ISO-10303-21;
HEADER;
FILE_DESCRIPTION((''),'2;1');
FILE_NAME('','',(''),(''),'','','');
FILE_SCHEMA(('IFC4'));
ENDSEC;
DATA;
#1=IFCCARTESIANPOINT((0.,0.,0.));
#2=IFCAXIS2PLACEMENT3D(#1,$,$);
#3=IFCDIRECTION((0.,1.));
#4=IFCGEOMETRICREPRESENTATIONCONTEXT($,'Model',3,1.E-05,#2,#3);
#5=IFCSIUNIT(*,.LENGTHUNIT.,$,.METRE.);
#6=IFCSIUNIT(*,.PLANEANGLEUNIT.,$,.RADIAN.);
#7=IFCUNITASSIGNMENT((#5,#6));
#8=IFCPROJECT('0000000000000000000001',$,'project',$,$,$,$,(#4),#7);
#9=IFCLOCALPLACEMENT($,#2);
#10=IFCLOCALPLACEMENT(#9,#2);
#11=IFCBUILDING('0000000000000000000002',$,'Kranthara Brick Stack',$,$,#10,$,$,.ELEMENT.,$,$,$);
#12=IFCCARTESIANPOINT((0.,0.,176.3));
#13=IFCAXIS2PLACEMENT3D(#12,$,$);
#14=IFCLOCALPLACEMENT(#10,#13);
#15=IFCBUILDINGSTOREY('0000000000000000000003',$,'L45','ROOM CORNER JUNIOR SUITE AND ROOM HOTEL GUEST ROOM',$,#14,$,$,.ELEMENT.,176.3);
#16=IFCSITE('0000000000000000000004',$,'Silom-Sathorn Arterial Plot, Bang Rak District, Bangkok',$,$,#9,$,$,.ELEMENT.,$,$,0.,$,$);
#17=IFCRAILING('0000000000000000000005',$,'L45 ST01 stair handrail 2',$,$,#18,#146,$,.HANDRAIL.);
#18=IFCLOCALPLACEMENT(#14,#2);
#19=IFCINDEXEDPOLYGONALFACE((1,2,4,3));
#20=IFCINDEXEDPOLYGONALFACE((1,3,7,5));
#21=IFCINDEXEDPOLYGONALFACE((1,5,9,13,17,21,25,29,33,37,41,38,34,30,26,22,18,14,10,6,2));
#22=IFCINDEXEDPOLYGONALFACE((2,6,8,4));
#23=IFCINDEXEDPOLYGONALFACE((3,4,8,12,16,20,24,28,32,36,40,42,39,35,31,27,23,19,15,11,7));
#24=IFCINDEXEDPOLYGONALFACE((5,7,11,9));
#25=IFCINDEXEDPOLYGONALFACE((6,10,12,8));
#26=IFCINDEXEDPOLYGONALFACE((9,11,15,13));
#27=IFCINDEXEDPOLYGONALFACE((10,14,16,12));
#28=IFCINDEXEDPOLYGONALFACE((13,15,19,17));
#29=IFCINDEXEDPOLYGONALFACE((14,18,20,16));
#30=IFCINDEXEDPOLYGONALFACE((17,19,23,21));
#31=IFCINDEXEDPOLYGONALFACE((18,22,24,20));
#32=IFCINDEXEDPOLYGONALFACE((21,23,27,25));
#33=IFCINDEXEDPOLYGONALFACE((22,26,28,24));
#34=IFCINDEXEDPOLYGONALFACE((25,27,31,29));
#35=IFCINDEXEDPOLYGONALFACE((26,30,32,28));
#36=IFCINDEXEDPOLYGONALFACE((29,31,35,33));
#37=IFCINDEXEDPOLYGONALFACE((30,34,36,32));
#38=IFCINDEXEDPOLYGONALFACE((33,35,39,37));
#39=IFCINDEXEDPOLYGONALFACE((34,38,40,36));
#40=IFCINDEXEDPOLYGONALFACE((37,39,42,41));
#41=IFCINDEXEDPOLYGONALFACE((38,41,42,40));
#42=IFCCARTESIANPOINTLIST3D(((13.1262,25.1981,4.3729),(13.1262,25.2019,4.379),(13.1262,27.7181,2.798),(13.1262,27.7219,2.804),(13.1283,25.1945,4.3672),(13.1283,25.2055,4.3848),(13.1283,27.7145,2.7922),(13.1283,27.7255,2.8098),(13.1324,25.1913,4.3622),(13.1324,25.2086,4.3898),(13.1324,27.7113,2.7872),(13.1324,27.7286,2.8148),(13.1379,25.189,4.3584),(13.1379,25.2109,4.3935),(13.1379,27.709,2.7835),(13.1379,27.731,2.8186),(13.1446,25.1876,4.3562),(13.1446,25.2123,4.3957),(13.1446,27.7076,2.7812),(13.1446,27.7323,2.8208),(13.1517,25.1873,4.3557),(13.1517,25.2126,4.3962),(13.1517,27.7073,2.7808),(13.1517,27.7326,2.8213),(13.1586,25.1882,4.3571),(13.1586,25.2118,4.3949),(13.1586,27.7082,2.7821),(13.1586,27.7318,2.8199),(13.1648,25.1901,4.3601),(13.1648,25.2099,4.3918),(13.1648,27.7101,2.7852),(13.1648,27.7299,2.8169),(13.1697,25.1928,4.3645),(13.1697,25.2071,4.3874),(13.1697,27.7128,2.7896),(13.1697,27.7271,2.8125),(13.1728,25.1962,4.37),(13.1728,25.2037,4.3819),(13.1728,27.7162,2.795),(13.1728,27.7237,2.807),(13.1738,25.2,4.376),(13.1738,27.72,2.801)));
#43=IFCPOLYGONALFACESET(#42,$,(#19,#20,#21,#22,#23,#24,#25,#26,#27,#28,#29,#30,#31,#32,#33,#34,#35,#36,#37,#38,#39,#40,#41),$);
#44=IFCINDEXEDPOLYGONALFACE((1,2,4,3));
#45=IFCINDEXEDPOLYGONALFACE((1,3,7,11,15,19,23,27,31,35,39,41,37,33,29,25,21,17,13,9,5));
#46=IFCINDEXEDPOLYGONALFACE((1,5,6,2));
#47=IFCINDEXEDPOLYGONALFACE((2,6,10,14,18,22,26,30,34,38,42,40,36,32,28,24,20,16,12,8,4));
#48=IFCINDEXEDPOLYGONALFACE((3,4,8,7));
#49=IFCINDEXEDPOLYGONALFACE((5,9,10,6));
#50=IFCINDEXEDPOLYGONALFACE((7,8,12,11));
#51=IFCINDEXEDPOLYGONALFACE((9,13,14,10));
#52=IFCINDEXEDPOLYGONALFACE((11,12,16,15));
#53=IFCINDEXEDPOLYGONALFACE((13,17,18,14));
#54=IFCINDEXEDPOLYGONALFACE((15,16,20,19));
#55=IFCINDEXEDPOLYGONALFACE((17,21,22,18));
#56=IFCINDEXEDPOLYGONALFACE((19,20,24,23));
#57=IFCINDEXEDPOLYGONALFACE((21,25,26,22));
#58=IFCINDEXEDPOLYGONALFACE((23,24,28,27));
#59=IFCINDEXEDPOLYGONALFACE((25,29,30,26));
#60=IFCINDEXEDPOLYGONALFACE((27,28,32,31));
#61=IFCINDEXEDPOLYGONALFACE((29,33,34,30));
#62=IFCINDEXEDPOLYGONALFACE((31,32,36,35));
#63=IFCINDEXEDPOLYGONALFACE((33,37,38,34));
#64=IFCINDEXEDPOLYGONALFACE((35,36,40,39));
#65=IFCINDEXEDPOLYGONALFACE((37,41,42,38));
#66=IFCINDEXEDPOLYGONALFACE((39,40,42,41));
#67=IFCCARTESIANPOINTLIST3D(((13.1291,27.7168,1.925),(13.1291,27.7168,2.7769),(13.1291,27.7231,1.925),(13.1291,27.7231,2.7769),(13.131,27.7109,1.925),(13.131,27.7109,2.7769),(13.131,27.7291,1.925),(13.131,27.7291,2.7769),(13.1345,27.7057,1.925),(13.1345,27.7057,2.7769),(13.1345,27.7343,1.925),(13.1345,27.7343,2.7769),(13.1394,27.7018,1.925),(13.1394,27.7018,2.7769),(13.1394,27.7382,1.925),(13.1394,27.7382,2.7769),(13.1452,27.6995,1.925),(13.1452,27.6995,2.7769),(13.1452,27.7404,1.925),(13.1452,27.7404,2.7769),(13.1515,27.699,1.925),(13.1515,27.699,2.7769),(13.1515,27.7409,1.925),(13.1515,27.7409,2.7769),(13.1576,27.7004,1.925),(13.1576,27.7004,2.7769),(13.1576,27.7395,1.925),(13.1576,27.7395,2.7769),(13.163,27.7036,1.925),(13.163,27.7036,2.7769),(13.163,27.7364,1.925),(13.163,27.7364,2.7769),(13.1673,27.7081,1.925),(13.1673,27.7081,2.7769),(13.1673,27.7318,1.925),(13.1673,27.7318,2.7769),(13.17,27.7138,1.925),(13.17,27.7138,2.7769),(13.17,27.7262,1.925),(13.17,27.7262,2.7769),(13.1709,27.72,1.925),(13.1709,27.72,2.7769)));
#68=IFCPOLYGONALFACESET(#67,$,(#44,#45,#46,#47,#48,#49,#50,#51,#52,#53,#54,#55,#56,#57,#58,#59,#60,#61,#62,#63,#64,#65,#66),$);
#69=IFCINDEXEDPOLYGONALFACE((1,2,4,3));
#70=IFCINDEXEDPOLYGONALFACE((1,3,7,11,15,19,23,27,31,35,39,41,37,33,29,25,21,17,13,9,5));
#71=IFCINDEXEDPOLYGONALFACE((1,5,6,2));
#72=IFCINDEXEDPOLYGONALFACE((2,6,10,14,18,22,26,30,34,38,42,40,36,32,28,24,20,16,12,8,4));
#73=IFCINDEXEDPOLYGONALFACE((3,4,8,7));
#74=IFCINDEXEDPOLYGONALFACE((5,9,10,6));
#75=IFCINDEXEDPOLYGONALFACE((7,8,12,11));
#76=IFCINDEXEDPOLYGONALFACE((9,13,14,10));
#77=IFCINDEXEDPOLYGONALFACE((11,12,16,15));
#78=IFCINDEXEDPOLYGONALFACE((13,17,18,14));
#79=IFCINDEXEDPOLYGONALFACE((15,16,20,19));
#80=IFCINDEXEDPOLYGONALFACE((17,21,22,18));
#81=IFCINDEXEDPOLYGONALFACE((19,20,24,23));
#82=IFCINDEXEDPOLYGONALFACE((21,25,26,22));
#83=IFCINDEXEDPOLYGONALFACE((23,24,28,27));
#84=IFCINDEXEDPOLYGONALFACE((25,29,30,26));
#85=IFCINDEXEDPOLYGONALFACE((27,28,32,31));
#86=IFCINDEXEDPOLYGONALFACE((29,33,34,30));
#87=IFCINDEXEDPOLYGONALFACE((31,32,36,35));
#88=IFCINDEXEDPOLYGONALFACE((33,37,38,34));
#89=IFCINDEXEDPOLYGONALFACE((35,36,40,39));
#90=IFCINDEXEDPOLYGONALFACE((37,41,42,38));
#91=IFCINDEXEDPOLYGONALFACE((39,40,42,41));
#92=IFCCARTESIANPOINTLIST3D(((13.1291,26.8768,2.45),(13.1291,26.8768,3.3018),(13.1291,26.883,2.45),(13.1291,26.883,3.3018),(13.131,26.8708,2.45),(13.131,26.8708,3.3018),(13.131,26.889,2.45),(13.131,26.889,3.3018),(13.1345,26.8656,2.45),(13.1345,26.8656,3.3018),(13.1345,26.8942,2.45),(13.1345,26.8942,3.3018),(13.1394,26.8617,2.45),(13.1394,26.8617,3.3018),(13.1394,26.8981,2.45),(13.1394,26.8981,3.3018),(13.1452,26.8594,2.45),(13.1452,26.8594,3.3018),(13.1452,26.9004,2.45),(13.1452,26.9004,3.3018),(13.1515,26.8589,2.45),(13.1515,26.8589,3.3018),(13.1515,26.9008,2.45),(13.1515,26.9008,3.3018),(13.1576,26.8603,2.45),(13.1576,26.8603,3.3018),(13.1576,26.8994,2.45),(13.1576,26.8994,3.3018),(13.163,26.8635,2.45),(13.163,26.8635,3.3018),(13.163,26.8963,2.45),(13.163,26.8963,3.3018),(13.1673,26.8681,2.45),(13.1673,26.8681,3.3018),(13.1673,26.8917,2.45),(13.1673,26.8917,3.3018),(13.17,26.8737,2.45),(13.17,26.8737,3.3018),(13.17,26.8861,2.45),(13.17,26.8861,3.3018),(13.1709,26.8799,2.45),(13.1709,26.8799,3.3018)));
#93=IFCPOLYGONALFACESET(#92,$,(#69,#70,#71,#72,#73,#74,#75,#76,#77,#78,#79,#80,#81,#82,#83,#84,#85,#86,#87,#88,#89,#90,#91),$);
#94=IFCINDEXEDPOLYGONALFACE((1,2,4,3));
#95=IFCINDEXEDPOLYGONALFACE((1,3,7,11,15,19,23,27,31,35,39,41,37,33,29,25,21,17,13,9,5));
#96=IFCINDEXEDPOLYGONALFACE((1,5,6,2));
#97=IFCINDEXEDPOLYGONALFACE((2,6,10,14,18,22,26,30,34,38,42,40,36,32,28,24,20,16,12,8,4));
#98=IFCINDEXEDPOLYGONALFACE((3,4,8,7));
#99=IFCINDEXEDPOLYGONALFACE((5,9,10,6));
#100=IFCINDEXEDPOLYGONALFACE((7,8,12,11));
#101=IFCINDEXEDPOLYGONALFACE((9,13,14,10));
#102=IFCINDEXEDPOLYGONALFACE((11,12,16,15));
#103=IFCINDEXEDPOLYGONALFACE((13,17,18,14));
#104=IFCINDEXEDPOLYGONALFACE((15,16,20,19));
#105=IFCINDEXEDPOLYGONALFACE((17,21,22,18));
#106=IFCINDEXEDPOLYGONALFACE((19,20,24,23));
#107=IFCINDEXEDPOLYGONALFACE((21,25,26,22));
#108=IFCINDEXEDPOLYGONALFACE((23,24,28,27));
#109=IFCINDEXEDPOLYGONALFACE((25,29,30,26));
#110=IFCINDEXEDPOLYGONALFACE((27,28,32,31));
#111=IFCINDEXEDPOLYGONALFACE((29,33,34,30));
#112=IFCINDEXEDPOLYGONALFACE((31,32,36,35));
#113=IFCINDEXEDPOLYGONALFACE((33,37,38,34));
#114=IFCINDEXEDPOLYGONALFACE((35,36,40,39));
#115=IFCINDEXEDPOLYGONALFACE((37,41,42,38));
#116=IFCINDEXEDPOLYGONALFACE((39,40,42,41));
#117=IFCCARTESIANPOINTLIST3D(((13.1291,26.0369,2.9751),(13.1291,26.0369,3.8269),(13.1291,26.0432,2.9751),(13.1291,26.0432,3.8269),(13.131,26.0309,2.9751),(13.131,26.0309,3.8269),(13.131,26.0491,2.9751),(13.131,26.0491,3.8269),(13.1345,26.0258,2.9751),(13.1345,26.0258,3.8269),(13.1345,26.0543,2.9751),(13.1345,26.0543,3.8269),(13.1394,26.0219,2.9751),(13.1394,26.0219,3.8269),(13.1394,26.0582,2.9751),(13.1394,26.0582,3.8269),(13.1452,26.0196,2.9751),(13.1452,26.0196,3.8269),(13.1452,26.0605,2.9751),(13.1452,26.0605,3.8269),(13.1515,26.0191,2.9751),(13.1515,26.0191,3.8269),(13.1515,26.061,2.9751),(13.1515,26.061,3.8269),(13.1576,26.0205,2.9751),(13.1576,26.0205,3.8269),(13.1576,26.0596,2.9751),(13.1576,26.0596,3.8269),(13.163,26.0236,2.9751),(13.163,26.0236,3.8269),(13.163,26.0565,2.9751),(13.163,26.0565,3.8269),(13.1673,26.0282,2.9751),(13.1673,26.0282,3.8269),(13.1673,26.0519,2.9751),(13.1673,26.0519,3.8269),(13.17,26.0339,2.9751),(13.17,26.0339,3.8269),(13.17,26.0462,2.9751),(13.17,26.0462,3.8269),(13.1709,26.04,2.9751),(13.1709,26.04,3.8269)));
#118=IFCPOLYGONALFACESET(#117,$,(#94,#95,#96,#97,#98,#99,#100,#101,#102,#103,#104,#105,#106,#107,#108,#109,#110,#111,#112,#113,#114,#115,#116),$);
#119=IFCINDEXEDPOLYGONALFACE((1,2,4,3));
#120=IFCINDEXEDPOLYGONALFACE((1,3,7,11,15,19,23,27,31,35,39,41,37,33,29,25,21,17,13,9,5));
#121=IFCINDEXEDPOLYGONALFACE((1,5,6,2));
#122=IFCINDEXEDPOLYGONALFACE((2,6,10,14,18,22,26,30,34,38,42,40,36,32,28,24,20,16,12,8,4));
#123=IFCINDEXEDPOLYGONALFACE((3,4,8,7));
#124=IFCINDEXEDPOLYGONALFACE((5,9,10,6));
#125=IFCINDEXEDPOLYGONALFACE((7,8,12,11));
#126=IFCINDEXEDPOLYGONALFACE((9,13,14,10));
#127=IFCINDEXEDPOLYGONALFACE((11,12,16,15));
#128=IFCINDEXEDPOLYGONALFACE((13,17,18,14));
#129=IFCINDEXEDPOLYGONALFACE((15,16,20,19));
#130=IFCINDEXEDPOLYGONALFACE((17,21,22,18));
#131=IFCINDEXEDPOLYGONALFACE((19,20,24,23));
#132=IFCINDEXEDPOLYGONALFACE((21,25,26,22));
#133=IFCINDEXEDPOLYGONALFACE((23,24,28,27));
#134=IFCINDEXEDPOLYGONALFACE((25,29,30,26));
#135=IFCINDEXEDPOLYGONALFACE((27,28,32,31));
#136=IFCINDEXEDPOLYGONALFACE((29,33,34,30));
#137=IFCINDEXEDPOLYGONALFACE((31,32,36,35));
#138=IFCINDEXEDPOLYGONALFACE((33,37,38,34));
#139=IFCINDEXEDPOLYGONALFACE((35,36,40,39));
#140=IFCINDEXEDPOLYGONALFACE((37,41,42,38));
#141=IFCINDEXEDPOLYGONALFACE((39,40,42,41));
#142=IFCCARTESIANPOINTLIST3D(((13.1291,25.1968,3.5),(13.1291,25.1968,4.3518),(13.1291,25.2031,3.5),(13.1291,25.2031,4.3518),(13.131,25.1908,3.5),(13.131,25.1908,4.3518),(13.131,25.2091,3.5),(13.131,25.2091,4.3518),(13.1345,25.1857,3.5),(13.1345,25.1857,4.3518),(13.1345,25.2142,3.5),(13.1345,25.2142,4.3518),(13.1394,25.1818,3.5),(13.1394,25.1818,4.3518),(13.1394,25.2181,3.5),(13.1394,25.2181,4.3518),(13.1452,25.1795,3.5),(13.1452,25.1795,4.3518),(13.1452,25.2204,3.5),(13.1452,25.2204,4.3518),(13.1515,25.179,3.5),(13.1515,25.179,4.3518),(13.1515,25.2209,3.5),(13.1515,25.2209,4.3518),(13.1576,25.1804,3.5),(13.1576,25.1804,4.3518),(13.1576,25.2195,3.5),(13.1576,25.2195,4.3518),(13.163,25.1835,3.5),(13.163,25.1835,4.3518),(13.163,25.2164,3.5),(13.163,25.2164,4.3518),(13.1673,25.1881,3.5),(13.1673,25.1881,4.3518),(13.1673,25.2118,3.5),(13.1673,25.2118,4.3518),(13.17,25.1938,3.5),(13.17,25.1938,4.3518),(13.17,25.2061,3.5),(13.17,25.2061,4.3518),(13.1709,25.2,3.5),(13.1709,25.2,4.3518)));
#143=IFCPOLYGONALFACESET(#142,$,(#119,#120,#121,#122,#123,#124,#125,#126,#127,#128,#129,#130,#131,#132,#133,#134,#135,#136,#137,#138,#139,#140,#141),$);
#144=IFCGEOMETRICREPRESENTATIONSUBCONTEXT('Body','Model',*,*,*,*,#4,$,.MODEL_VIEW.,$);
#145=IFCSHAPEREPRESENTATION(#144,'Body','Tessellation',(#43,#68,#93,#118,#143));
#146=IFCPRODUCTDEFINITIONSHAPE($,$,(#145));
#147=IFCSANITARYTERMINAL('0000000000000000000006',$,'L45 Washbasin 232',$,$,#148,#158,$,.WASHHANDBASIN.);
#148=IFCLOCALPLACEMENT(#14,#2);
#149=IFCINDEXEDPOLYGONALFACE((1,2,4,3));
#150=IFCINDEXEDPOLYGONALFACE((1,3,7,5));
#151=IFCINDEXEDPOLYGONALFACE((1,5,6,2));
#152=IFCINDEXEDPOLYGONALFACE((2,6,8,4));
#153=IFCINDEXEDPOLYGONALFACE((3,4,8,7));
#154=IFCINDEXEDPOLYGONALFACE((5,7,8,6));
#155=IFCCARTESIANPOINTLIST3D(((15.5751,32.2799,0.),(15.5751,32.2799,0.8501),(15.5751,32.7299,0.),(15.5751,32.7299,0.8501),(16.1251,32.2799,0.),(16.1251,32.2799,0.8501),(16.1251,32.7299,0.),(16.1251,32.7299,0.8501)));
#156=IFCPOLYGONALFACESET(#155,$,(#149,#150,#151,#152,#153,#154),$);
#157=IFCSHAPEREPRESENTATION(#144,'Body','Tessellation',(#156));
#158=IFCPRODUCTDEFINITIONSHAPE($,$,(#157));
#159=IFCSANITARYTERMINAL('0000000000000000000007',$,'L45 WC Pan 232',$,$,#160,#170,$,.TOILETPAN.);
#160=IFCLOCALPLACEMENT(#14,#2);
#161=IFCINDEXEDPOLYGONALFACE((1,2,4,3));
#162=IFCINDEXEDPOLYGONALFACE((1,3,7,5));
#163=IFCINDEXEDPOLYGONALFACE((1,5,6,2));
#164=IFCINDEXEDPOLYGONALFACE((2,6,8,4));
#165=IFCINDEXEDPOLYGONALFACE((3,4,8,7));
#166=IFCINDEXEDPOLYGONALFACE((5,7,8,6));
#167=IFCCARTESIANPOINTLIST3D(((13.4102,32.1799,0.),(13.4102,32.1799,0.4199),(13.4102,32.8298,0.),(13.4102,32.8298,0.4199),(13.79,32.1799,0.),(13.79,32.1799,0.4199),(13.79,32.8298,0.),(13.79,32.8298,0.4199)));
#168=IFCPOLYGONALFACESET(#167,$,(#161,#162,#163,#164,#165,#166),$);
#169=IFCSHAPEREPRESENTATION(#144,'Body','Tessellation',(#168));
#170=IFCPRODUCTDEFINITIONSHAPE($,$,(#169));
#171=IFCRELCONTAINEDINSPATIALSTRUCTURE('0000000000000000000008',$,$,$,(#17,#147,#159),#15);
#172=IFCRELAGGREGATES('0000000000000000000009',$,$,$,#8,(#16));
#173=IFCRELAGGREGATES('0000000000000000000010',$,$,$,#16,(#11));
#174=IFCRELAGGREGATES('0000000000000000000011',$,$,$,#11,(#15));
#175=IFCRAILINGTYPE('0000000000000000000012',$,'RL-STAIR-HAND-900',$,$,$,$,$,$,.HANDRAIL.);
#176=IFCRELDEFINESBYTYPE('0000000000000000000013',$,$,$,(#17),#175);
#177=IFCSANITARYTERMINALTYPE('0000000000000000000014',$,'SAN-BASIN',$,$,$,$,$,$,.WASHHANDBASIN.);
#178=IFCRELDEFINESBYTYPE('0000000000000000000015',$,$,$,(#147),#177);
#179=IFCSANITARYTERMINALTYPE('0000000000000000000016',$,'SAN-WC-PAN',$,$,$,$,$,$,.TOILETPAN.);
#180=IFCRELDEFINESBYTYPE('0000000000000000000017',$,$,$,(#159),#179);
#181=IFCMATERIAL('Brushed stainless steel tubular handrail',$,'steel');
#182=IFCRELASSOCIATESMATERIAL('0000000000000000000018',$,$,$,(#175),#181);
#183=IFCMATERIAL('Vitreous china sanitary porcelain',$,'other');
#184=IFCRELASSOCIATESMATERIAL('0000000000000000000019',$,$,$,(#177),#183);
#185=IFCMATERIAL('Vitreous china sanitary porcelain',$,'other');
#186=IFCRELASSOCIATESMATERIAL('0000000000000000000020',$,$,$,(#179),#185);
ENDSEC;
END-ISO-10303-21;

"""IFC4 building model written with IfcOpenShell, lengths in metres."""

from ifc_helpers import new_model, si_unit, direction, frame, origin, origin_2d, place, context, subcontext, project, spatial, rectangle, circle, extrude, material, type_object, element, save


model = new_model("IFC4")

# Units and contexts
model_context = context("Model", 3, precision=1e-05, world=origin(), true_north=direction((0.0, 1.0)))
body_context = subcontext(model_context, "Body", "Model", "MODEL_VIEW")
ifc_project = project(units=[si_unit("LENGTHUNIT", "METRE"), si_unit("PLANEANGLEUNIT", "RADIAN")], contexts=[model_context])

# Site, building, storey
site_placement = place(None, origin())
site = spatial("IfcSite", under=ifc_project, at=site_placement, Name="Silom-Sathorn Arterial Plot, Bang Rak District, Bangkok", CompositionType="ELEMENT", RefElevation=0.0)
building_placement = place(site_placement, origin())
building = spatial("IfcBuilding", under=site, at=building_placement, Name="Kranthara Brick Stack", CompositionType="ELEMENT")
storey_placement = place(building_placement, frame((0.0, 0.0, 176.3)))
storey = spatial("IfcBuildingStorey", under=building, at=storey_placement, Name="L45", Description="ROOM CORNER JUNIOR SUITE AND ROOM HOTEL GUEST ROOM", CompositionType="ELEMENT", Elevation=176.3)

# Railing
ifc_material_1 = material(Name="Brushed stainless steel tubular handrail", Category="steel")
railing_type_1 = type_object("IfcRailingType", Name="RL-STAIR-HAND-900", PredefinedType="HANDRAIL", material=ifc_material_1)
railing_1_placement = place(storey_placement, frame((13.1499, 27.72, 1.925)))
element("IfcRailing", 1, at=railing_1_placement, inside=storey, type_object=railing_type_1, Name="L45 ST01 stair handrail 2", PredefinedType="HANDRAIL", context=body_context, shape_type="SweptSolid", body=[
    extrude(circle(Radius=0.0239, at=origin_2d()), frame((0.0, 0.0, 0.876), z_axis=(0.0, -0.848008, 0.529984), x_axis=(1.0, 0.0, 0.0)), (0.0, 0.0, 1.0), 2.9717),
    extrude(circle(Radius=0.021, at=origin_2d()), origin(), (0.0, 0.0, 1.0), 0.8518),
    extrude(circle(Radius=0.021, at=origin_2d()), frame((0.0, -0.8401, 0.5249)), (0.0, 0.0, 1.0), 0.8518),
    extrude(circle(Radius=0.021, at=origin_2d()), frame((0.0, -1.6799, 1.05)), (0.0, 0.0, 1.0), 0.8518),
    extrude(circle(Radius=0.021, at=origin_2d()), frame((0.0, -2.52, 1.575)), (0.0, 0.0, 1.0), 0.8518),
])

# Sanitary terminals
ifc_material_2 = material(Name="Vitreous china sanitary porcelain", Category="other")
sanitary_terminal_type_1 = type_object("IfcSanitaryTerminalType", Name="SAN-BASIN", PredefinedType="WASHHANDBASIN", material=ifc_material_2)
sanitary_terminal_1_placement = place(storey_placement, frame((15.8501, 32.5049, 0.0), z_axis=(0.0, 0.0, 1.0), x_axis=(1.0, 0.0, 0.0)))
element("IfcSanitaryTerminal", 2, at=sanitary_terminal_1_placement, inside=storey, type_object=sanitary_terminal_type_1, Name="L45 Washbasin 232", PredefinedType="WASHHANDBASIN", context=body_context, shape_type="SweptSolid", body=[
    extrude(rectangle(XDim=0.55, YDim=0.45, at=origin_2d()), origin(), (0.0, 0.0, 1.0), 0.8501),
])
ifc_material_3 = material(Name="Vitreous china sanitary porcelain", Category="other")
sanitary_terminal_type_2 = type_object("IfcSanitaryTerminalType", Name="SAN-WC-PAN", PredefinedType="TOILETPAN", material=ifc_material_3)
sanitary_terminal_2_placement = place(storey_placement, frame((13.6001, 32.5049, 0.0), z_axis=(0.0, 0.0, 1.0), x_axis=(1.0, 0.0, 0.0)))
element("IfcSanitaryTerminal", 3, at=sanitary_terminal_2_placement, inside=storey, type_object=sanitary_terminal_type_2, Name="L45 WC Pan 232", PredefinedType="TOILETPAN", context=body_context, shape_type="SweptSolid", body=[
    extrude(rectangle(XDim=0.3799, YDim=0.6499, at=origin_2d()), origin(), (0.0, 0.0, 1.0), 0.4199),
])

save(model, "model.ifc")
